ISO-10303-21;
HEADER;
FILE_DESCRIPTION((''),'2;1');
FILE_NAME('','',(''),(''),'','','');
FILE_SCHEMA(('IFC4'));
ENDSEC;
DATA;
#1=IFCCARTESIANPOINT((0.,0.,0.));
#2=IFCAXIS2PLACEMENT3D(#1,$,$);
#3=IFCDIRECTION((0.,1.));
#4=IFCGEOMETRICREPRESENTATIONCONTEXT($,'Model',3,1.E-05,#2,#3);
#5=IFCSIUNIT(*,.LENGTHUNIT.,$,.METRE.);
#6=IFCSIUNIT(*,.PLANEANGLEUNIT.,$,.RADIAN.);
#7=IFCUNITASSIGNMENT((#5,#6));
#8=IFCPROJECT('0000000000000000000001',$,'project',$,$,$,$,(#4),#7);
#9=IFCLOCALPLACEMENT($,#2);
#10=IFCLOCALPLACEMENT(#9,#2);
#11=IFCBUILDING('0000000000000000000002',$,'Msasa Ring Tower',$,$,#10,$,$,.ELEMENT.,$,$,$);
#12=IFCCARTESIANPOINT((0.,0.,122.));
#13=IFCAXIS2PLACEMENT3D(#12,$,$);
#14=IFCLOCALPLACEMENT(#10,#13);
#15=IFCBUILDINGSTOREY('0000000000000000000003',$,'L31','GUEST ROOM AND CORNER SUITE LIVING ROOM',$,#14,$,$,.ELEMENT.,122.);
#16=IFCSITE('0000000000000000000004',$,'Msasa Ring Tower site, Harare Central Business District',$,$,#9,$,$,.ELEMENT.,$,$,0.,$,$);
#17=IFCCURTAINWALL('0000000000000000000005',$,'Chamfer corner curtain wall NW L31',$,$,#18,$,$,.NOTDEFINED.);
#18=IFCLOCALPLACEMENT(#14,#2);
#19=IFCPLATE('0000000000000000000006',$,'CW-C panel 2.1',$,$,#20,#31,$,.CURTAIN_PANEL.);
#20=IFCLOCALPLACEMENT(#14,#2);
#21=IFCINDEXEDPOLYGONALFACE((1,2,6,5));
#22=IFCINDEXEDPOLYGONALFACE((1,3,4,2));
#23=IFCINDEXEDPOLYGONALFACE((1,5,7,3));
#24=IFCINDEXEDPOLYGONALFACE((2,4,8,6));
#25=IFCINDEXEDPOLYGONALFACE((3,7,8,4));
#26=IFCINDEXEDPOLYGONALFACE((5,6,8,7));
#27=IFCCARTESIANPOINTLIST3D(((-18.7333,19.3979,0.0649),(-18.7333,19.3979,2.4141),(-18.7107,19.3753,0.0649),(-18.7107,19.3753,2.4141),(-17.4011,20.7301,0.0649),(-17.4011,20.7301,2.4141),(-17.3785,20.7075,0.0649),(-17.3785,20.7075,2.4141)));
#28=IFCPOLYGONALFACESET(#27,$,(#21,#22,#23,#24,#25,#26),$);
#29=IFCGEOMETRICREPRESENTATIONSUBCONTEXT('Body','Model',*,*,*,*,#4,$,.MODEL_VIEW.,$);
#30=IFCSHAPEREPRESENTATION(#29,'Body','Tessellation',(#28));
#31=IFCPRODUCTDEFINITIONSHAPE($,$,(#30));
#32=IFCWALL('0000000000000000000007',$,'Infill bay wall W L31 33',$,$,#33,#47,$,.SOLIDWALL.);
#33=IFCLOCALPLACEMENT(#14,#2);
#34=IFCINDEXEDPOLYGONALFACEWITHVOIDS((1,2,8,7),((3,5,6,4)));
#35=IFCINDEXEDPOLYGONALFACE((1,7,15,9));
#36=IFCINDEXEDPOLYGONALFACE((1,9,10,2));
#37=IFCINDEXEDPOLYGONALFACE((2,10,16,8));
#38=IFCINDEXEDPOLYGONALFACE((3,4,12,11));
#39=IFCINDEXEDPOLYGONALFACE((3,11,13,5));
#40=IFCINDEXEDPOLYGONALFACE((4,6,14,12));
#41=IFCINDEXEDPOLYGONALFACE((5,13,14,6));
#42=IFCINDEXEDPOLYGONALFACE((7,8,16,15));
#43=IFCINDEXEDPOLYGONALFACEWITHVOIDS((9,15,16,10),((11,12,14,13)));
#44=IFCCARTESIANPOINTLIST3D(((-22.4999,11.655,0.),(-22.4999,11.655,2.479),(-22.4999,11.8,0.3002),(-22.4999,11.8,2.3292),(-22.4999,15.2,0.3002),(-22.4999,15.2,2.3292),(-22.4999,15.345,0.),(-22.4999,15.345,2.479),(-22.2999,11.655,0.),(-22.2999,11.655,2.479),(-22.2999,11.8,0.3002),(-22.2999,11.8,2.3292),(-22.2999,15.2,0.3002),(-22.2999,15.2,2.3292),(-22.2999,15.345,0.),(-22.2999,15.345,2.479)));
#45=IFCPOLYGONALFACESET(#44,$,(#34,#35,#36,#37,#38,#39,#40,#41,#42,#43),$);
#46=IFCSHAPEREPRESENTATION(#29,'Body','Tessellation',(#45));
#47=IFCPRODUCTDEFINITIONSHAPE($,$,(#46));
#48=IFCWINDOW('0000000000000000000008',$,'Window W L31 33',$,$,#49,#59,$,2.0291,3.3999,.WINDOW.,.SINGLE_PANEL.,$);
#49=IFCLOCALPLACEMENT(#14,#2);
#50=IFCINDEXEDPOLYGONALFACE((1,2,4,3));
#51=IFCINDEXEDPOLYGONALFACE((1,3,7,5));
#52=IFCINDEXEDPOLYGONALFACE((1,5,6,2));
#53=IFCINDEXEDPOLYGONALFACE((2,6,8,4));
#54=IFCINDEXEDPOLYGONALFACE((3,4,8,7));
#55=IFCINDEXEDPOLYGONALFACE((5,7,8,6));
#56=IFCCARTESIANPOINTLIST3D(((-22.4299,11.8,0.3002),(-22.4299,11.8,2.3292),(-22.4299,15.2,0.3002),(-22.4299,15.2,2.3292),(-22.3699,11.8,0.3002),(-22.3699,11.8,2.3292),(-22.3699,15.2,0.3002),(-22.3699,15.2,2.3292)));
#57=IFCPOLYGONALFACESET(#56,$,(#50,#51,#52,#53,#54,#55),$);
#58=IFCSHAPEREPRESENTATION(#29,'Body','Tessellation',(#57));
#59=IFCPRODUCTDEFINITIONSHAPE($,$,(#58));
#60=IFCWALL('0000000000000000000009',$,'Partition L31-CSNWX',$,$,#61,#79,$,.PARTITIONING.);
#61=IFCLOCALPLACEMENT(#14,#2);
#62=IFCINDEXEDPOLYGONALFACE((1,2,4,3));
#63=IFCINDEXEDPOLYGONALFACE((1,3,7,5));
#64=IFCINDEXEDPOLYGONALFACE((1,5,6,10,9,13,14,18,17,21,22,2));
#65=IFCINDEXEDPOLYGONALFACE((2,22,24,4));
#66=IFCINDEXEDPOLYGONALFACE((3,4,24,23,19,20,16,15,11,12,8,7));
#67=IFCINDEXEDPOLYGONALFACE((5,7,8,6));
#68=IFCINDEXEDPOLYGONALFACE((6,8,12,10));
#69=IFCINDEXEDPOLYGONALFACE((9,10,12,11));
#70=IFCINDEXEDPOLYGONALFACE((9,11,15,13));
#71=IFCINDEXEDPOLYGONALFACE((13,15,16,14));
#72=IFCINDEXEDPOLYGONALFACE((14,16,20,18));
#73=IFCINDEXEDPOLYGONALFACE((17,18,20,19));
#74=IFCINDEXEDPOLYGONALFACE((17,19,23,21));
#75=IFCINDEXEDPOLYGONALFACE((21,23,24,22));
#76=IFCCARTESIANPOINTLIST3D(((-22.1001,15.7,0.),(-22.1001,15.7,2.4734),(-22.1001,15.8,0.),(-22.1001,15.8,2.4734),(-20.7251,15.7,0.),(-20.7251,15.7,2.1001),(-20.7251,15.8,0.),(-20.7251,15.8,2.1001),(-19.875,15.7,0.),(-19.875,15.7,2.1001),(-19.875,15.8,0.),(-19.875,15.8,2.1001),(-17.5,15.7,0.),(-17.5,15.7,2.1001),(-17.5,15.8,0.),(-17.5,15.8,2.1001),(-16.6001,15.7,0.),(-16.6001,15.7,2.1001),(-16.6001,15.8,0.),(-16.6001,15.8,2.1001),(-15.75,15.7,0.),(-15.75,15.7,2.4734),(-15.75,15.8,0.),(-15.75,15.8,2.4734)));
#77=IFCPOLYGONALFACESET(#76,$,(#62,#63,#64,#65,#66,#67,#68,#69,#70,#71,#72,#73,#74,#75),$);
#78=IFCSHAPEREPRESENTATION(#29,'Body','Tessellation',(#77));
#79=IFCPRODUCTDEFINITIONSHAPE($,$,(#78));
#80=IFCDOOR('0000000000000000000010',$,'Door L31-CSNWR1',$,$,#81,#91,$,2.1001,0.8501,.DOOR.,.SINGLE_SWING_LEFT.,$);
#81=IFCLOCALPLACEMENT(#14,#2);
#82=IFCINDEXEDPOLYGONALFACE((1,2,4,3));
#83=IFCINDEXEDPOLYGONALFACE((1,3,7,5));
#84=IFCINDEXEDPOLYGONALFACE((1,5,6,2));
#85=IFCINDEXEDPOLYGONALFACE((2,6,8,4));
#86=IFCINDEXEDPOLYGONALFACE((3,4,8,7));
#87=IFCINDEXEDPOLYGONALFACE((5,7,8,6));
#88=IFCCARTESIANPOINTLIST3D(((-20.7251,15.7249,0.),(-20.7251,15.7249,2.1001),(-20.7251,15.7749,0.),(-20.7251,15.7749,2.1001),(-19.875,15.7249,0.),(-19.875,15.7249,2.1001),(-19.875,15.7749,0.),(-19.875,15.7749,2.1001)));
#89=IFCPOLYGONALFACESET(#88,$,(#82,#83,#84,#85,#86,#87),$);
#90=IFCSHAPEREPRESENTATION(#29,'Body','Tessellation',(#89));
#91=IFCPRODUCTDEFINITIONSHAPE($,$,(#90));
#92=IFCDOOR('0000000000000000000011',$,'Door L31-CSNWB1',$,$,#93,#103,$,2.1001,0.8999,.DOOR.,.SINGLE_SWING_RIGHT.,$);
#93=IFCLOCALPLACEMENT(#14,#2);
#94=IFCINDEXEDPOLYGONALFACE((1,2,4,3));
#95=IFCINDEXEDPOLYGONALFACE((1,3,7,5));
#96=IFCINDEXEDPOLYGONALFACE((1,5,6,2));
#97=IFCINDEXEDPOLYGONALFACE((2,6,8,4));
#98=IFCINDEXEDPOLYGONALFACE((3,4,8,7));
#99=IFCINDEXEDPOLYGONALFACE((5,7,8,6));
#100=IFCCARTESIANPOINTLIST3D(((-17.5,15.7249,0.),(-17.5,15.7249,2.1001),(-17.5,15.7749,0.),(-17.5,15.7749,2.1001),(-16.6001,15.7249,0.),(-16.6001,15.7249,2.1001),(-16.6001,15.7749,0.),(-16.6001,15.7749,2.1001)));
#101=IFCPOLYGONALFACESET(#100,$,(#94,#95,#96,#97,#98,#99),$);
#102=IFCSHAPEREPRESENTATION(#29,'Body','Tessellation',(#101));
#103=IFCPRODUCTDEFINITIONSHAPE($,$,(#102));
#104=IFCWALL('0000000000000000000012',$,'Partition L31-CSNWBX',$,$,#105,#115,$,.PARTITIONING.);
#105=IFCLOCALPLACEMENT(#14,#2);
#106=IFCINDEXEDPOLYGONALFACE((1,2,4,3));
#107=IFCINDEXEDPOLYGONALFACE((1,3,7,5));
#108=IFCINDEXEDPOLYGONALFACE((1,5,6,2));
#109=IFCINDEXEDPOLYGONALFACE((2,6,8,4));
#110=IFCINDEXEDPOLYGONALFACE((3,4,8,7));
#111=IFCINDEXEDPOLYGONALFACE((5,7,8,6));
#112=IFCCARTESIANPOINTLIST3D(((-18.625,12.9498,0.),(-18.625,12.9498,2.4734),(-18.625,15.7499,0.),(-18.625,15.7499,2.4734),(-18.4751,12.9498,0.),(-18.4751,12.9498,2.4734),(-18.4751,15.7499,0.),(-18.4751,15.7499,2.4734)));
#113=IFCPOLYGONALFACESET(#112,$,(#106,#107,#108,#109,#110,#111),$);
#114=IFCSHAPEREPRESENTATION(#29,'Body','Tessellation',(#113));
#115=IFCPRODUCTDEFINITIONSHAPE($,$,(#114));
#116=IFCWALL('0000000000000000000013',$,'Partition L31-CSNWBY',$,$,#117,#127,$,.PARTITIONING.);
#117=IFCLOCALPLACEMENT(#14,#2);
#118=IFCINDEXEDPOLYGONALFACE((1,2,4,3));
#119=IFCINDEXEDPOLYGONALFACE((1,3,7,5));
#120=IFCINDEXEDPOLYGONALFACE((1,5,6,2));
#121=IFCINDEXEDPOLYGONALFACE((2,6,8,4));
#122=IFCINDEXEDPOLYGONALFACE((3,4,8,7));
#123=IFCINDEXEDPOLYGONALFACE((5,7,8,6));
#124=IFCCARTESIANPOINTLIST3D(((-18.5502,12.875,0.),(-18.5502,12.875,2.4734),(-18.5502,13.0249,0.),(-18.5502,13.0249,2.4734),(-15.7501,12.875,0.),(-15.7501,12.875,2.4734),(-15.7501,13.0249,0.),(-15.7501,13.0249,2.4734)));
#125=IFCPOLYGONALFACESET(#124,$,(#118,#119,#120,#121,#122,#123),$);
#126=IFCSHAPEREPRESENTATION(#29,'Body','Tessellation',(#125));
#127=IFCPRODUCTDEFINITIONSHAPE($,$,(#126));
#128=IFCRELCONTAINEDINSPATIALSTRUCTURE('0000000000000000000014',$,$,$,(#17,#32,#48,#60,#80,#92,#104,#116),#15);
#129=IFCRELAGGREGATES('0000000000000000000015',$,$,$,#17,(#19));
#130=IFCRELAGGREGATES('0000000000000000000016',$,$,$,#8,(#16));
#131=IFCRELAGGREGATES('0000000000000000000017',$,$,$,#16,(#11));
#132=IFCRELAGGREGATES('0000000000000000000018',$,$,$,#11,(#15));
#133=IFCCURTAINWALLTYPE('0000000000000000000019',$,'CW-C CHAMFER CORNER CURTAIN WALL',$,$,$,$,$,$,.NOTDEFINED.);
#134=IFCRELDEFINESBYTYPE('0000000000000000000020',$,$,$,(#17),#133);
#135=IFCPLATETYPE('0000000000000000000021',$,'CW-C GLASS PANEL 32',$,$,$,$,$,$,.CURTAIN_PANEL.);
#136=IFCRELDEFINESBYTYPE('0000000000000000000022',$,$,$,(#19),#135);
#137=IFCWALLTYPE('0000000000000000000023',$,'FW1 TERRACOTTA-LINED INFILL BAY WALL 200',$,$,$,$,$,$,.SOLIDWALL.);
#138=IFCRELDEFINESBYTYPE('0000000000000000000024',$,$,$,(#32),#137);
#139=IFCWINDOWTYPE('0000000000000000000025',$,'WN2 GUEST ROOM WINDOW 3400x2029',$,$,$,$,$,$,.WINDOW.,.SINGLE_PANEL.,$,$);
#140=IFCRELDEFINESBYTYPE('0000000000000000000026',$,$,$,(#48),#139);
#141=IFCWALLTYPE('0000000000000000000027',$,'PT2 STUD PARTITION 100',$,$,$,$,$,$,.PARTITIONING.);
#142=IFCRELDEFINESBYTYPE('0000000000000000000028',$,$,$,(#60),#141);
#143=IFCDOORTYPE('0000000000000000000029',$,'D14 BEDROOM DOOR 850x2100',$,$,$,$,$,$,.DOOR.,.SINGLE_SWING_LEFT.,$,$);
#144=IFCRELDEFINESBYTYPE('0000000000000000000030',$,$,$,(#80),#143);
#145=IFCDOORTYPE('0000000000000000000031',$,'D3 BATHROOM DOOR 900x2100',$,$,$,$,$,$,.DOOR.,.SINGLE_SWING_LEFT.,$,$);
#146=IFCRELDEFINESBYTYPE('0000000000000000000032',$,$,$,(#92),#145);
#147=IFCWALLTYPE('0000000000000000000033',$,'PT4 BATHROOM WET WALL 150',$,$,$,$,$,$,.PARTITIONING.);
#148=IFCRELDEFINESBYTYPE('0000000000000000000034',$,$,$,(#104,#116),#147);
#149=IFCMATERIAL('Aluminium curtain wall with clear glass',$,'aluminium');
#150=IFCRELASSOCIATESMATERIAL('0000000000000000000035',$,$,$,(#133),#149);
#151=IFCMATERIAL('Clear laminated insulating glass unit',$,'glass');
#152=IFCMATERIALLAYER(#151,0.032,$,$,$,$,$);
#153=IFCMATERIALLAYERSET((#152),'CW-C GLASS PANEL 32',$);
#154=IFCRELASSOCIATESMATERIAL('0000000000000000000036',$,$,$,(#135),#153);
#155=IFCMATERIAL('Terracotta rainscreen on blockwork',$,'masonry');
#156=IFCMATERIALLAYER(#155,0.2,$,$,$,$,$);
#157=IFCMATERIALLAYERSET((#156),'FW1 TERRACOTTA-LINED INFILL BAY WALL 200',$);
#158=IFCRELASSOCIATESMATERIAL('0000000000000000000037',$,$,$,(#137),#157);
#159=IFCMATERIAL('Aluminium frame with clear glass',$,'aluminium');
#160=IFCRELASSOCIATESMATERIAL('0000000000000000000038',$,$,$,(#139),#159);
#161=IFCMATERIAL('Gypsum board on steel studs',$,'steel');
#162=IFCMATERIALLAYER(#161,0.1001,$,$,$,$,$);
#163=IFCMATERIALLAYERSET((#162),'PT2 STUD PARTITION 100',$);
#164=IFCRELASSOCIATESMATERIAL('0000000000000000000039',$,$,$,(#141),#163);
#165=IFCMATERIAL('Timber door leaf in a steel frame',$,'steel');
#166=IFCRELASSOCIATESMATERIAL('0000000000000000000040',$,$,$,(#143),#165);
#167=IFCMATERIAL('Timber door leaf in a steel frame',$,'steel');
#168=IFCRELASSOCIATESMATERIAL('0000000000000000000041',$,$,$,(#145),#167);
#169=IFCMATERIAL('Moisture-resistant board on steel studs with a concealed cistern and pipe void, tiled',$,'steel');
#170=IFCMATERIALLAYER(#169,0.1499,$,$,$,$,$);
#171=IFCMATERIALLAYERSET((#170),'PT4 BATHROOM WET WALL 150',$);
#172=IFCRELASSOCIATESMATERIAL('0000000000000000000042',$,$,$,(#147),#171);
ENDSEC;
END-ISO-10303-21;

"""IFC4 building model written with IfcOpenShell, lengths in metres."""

from ifc_helpers import new_model, si_unit, direction, frame, frame_2d, origin, origin_2d, place, context, subcontext, project, spatial, rectangle, extrude, material, layer, layer_set, type_object, element, fill, aggregate, save


model = new_model("IFC4")

# Units and contexts
model_context = context("Model", 3, precision=1e-05, world=origin(), true_north=direction((0.0, 1.0)))
body_context = subcontext(model_context, "Body", "Model", "MODEL_VIEW")
ifc_project = project(units=[si_unit("LENGTHUNIT", "METRE"), si_unit("PLANEANGLEUNIT", "RADIAN")], contexts=[model_context])

# Site, building, storey
site_placement = place(None, origin())
site = spatial("IfcSite", under=ifc_project, at=site_placement, Name="Msasa Ring Tower site, Harare Central Business District", CompositionType="ELEMENT", RefElevation=0.0)
building_placement = place(site_placement, origin())
building = spatial("IfcBuilding", under=site, at=building_placement, Name="Msasa Ring Tower", CompositionType="ELEMENT")
storey_placement = place(building_placement, frame((0.0, 0.0, 122.0)))
storey = spatial("IfcBuildingStorey", under=building, at=storey_placement, Name="L31", Description="GUEST ROOM AND CORNER SUITE LIVING ROOM", CompositionType="ELEMENT", Elevation=122.0)

# Curtain wall
ifc_material_1 = material(Name="Aluminium curtain wall with clear glass", Category="aluminium")
curtain_wall_type = type_object("IfcCurtainWallType", Name="CW-C CHAMFER CORNER CURTAIN WALL", PredefinedType="NOTDEFINED", material=ifc_material_1)
curtain_wall_1_placement = place(storey_placement, origin())
curtain_wall_1 = element("IfcCurtainWall", 1, at=curtain_wall_1_placement, inside=storey, type_object=curtain_wall_type, Name="Chamfer corner curtain wall NW L31", PredefinedType="NOTDEFINED")

# Plate
ifc_material_2 = material(Name="Clear laminated insulating glass unit", Category="glass")
ifc_layer_1 = layer(ifc_material_2, 0.032)
ifc_layer_set_1 = layer_set([ifc_layer_1], Name="CW-C GLASS PANEL 32")
plate_type = type_object("IfcPlateType", Name="CW-C GLASS PANEL 32", PredefinedType="CURTAIN_PANEL", material=ifc_layer_set_1)
plate_1_placement = place(storey_placement, frame((-18.0559, 20.0527, 0.0649), z_axis=(0.0, 0.0, 1.0), x_axis=(-0.707107, -0.707107, 0.0)))
plate_1 = element("IfcPlate", 2, at=plate_1_placement, type_object=plate_type, Name="CW-C panel 2.1", PredefinedType="CURTAIN_PANEL", context=body_context, shape_type="SweptSolid", body=[
    extrude(rectangle(XDim=1.884, YDim=0.032, at=origin_2d()), origin(), (0.0, 0.0, 1.0), 2.3491),
])
aggregate(curtain_wall_1, [plate_1])

# Wall, opening, window
ifc_material_3 = material(Name="Terracotta rainscreen on blockwork", Category="masonry")
ifc_layer_2 = layer(ifc_material_3, 0.2)
ifc_layer_set_2 = layer_set([ifc_layer_2], Name="FW1 TERRACOTTA-LINED INFILL BAY WALL 200")
wall_type_1 = type_object("IfcWallType", Name="FW1 TERRACOTTA-LINED INFILL BAY WALL 200", PredefinedType="SOLIDWALL", material=ifc_layer_set_2)
wall_1_placement = place(storey_placement, frame((-22.3999, 11.655, 0.0), z_axis=(0.0, 0.0, 1.0), x_axis=(0.0, 1.0, 0.0)))
wall_1 = element("IfcWall", 3, at=wall_1_placement, inside=storey, type_object=wall_type_1, Name="Infill bay wall W L31 33", PredefinedType="SOLIDWALL", context=body_context, shape_type="SweptSolid", body=[
    extrude(rectangle(XDim=3.6899, YDim=0.2, at=frame_2d((1.845, 0.0))), origin(), (0.0, 0.0, 1.0), 2.479),
])
opening_1_placement = place(wall_1_placement, frame((0.145, 0.0, 0.3)))
opening_1 = element("IfcOpeningElement", 4, at=opening_1_placement, cuts=wall_1, PredefinedType="OPENING", context=body_context, shape_type="SweptSolid", body=[
    extrude(rectangle(XDim=3.3999, YDim=2.0291, at=frame_2d((1.7, 1.0146))), frame((0.0, 0.1099, 0.0), z_axis=(0.0, -1.0, 0.0), x_axis=(1.0, 0.0, 0.0)), (0.0, 0.0, 1.0), 0.22),
])
ifc_material_4 = material(Name="Aluminium frame with clear glass", Category="aluminium")
window_type = type_object("IfcWindowType", Name="WN2 GUEST ROOM WINDOW 3400x2029", PartitioningType="SINGLE_PANEL", PredefinedType="WINDOW", material=ifc_material_4)
window_placement = place(opening_1_placement, origin())
window = element("IfcWindow", 5, at=window_placement, inside=storey, type_object=window_type, Name="Window W L31 33", OverallHeight=2.0291, OverallWidth=3.3999, PartitioningType="SINGLE_PANEL", PredefinedType="WINDOW", context=body_context, shape_type="SweptSolid", body=[
    extrude(rectangle(XDim=3.3999, YDim=2.0291, at=frame_2d((1.7, 1.0146))), frame((0.0, 0.03, 0.0), z_axis=(0.0, -1.0, 0.0), x_axis=(1.0, 0.0, 0.0)), (0.0, 0.0, 1.0), 0.0601),
])
fill(opening_1, window)

# Wall, openings, doors
ifc_material_5 = material(Name="Gypsum board on steel studs", Category="steel")
ifc_layer_3 = layer(ifc_material_5, 0.1001)
ifc_layer_set_3 = layer_set([ifc_layer_3], Name="PT2 STUD PARTITION 100")
wall_type_2 = type_object("IfcWallType", Name="PT2 STUD PARTITION 100", PredefinedType="PARTITIONING", material=ifc_layer_set_3)
wall_2_placement = place(storey_placement, frame((-22.1001, 15.75, 0.0), z_axis=(0.0, 0.0, 1.0), x_axis=(1.0, 0.0, 0.0)))
wall_2 = element("IfcWall", 6, at=wall_2_placement, inside=storey, type_object=wall_type_2, Name="Partition L31-CSNWX", PredefinedType="PARTITIONING", context=body_context, shape_type="SweptSolid", body=[
    extrude(rectangle(XDim=6.3501, YDim=0.1001, at=frame_2d((3.175, 0.0))), origin(), (0.0, 0.0, 1.0), 2.4734),
])
opening_2_placement = place(wall_2_placement, frame((1.375, 0.0, 0.0)))
opening_2 = element("IfcOpeningElement", 7, at=opening_2_placement, cuts=wall_2, PredefinedType="OPENING", context=body_context, shape_type="SweptSolid", body=[
    extrude(rectangle(XDim=0.8501, YDim=2.1001, at=frame_2d((0.425, 1.05))), frame((0.0, 0.0601, 0.0), z_axis=(0.0, -1.0, 0.0), x_axis=(1.0, 0.0, 0.0)), (0.0, 0.0, 1.0), 0.1201),
])
opening_3_placement = place(wall_2_placement, frame((4.6001, 0.0, 0.0)))
opening_3 = element("IfcOpeningElement", 8, at=opening_3_placement, cuts=wall_2, PredefinedType="OPENING", context=body_context, shape_type="SweptSolid", body=[
    extrude(rectangle(XDim=0.8999, YDim=2.1001, at=frame_2d((0.45, 1.05))), frame((0.0, 0.0601, 0.0), z_axis=(0.0, -1.0, 0.0), x_axis=(1.0, 0.0, 0.0)), (0.0, 0.0, 1.0), 0.1201),
])
ifc_material_6 = material(Name="Timber door leaf in a steel frame", Category="steel")
door_type_1 = type_object("IfcDoorType", Name="D14 BEDROOM DOOR 850x2100", OperationType="SINGLE_SWING_LEFT", PredefinedType="DOOR", material=ifc_material_6)
door_1_placement = place(opening_2_placement, origin())
door_1 = element("IfcDoor", 9, at=door_1_placement, inside=storey, type_object=door_type_1, Name="Door L31-CSNWR1", OperationType="SINGLE_SWING_LEFT", OverallHeight=2.1001, OverallWidth=0.8501, PredefinedType="DOOR", context=body_context, shape_type="SweptSolid", body=[
    extrude(rectangle(XDim=0.8501, YDim=2.1001, at=frame_2d((0.425, 1.05))), frame((0.0, 0.0249, 0.0), z_axis=(0.0, -1.0, 0.0), x_axis=(1.0, 0.0, 0.0)), (0.0, 0.0, 1.0), 0.05),
])
fill(opening_2, door_1)
ifc_material_7 = material(Name="Timber door leaf in a steel frame", Category="steel")
door_type_2 = type_object("IfcDoorType", Name="D3 BATHROOM DOOR 900x2100", OperationType="SINGLE_SWING_LEFT", PredefinedType="DOOR", material=ifc_material_7)
door_2_placement = place(opening_3_placement, origin())
door_2 = element("IfcDoor", 10, at=door_2_placement, inside=storey, type_object=door_type_2, Name="Door L31-CSNWB1", OperationType="SINGLE_SWING_RIGHT", OverallHeight=2.1001, OverallWidth=0.8999, PredefinedType="DOOR", context=body_context, shape_type="SweptSolid", body=[
    extrude(rectangle(XDim=0.8999, YDim=2.1001, at=frame_2d((0.45, 1.05))), frame((0.0, 0.0249, 0.0), z_axis=(0.0, -1.0, 0.0), x_axis=(1.0, 0.0, 0.0)), (0.0, 0.0, 1.0), 0.05),
])
fill(opening_3, door_2)

# Walls
ifc_material_8 = material(Name="Moisture-resistant board on steel studs with a concealed cistern and pipe void, tiled", Category="steel")
ifc_layer_4 = layer(ifc_material_8, 0.1499)
ifc_layer_set_4 = layer_set([ifc_layer_4], Name="PT4 BATHROOM WET WALL 150")
wall_type_3 = type_object("IfcWallType", Name="PT4 BATHROOM WET WALL 150", PredefinedType="PARTITIONING", material=ifc_layer_set_4)
for number, where, z_axis, x_axis, name in (
    (11, (-18.55, 12.95, 0.0), (0.0, 0.0, 1.0), (0.0, 1.0, 0.0), "Partition L31-CSNWBX"),
    (12, (-18.55, 12.95, 0.0), (0.0, 0.0, 1.0), (1.0, 0.0, 0.0), "Partition L31-CSNWBY"),
):
    element("IfcWall", number, at=place(storey_placement, frame(where, z_axis=z_axis, x_axis=x_axis)), inside=storey, type_object=wall_type_3, Name=name, PredefinedType="PARTITIONING", context=body_context, shape_type="SweptSolid", body=[
        extrude(rectangle(XDim=2.8, YDim=0.1499, at=frame_2d((1.3999, 0.0))), origin(), (0.0, 0.0, 1.0), 2.4734),
    ])

save(model, "model.ifc")
